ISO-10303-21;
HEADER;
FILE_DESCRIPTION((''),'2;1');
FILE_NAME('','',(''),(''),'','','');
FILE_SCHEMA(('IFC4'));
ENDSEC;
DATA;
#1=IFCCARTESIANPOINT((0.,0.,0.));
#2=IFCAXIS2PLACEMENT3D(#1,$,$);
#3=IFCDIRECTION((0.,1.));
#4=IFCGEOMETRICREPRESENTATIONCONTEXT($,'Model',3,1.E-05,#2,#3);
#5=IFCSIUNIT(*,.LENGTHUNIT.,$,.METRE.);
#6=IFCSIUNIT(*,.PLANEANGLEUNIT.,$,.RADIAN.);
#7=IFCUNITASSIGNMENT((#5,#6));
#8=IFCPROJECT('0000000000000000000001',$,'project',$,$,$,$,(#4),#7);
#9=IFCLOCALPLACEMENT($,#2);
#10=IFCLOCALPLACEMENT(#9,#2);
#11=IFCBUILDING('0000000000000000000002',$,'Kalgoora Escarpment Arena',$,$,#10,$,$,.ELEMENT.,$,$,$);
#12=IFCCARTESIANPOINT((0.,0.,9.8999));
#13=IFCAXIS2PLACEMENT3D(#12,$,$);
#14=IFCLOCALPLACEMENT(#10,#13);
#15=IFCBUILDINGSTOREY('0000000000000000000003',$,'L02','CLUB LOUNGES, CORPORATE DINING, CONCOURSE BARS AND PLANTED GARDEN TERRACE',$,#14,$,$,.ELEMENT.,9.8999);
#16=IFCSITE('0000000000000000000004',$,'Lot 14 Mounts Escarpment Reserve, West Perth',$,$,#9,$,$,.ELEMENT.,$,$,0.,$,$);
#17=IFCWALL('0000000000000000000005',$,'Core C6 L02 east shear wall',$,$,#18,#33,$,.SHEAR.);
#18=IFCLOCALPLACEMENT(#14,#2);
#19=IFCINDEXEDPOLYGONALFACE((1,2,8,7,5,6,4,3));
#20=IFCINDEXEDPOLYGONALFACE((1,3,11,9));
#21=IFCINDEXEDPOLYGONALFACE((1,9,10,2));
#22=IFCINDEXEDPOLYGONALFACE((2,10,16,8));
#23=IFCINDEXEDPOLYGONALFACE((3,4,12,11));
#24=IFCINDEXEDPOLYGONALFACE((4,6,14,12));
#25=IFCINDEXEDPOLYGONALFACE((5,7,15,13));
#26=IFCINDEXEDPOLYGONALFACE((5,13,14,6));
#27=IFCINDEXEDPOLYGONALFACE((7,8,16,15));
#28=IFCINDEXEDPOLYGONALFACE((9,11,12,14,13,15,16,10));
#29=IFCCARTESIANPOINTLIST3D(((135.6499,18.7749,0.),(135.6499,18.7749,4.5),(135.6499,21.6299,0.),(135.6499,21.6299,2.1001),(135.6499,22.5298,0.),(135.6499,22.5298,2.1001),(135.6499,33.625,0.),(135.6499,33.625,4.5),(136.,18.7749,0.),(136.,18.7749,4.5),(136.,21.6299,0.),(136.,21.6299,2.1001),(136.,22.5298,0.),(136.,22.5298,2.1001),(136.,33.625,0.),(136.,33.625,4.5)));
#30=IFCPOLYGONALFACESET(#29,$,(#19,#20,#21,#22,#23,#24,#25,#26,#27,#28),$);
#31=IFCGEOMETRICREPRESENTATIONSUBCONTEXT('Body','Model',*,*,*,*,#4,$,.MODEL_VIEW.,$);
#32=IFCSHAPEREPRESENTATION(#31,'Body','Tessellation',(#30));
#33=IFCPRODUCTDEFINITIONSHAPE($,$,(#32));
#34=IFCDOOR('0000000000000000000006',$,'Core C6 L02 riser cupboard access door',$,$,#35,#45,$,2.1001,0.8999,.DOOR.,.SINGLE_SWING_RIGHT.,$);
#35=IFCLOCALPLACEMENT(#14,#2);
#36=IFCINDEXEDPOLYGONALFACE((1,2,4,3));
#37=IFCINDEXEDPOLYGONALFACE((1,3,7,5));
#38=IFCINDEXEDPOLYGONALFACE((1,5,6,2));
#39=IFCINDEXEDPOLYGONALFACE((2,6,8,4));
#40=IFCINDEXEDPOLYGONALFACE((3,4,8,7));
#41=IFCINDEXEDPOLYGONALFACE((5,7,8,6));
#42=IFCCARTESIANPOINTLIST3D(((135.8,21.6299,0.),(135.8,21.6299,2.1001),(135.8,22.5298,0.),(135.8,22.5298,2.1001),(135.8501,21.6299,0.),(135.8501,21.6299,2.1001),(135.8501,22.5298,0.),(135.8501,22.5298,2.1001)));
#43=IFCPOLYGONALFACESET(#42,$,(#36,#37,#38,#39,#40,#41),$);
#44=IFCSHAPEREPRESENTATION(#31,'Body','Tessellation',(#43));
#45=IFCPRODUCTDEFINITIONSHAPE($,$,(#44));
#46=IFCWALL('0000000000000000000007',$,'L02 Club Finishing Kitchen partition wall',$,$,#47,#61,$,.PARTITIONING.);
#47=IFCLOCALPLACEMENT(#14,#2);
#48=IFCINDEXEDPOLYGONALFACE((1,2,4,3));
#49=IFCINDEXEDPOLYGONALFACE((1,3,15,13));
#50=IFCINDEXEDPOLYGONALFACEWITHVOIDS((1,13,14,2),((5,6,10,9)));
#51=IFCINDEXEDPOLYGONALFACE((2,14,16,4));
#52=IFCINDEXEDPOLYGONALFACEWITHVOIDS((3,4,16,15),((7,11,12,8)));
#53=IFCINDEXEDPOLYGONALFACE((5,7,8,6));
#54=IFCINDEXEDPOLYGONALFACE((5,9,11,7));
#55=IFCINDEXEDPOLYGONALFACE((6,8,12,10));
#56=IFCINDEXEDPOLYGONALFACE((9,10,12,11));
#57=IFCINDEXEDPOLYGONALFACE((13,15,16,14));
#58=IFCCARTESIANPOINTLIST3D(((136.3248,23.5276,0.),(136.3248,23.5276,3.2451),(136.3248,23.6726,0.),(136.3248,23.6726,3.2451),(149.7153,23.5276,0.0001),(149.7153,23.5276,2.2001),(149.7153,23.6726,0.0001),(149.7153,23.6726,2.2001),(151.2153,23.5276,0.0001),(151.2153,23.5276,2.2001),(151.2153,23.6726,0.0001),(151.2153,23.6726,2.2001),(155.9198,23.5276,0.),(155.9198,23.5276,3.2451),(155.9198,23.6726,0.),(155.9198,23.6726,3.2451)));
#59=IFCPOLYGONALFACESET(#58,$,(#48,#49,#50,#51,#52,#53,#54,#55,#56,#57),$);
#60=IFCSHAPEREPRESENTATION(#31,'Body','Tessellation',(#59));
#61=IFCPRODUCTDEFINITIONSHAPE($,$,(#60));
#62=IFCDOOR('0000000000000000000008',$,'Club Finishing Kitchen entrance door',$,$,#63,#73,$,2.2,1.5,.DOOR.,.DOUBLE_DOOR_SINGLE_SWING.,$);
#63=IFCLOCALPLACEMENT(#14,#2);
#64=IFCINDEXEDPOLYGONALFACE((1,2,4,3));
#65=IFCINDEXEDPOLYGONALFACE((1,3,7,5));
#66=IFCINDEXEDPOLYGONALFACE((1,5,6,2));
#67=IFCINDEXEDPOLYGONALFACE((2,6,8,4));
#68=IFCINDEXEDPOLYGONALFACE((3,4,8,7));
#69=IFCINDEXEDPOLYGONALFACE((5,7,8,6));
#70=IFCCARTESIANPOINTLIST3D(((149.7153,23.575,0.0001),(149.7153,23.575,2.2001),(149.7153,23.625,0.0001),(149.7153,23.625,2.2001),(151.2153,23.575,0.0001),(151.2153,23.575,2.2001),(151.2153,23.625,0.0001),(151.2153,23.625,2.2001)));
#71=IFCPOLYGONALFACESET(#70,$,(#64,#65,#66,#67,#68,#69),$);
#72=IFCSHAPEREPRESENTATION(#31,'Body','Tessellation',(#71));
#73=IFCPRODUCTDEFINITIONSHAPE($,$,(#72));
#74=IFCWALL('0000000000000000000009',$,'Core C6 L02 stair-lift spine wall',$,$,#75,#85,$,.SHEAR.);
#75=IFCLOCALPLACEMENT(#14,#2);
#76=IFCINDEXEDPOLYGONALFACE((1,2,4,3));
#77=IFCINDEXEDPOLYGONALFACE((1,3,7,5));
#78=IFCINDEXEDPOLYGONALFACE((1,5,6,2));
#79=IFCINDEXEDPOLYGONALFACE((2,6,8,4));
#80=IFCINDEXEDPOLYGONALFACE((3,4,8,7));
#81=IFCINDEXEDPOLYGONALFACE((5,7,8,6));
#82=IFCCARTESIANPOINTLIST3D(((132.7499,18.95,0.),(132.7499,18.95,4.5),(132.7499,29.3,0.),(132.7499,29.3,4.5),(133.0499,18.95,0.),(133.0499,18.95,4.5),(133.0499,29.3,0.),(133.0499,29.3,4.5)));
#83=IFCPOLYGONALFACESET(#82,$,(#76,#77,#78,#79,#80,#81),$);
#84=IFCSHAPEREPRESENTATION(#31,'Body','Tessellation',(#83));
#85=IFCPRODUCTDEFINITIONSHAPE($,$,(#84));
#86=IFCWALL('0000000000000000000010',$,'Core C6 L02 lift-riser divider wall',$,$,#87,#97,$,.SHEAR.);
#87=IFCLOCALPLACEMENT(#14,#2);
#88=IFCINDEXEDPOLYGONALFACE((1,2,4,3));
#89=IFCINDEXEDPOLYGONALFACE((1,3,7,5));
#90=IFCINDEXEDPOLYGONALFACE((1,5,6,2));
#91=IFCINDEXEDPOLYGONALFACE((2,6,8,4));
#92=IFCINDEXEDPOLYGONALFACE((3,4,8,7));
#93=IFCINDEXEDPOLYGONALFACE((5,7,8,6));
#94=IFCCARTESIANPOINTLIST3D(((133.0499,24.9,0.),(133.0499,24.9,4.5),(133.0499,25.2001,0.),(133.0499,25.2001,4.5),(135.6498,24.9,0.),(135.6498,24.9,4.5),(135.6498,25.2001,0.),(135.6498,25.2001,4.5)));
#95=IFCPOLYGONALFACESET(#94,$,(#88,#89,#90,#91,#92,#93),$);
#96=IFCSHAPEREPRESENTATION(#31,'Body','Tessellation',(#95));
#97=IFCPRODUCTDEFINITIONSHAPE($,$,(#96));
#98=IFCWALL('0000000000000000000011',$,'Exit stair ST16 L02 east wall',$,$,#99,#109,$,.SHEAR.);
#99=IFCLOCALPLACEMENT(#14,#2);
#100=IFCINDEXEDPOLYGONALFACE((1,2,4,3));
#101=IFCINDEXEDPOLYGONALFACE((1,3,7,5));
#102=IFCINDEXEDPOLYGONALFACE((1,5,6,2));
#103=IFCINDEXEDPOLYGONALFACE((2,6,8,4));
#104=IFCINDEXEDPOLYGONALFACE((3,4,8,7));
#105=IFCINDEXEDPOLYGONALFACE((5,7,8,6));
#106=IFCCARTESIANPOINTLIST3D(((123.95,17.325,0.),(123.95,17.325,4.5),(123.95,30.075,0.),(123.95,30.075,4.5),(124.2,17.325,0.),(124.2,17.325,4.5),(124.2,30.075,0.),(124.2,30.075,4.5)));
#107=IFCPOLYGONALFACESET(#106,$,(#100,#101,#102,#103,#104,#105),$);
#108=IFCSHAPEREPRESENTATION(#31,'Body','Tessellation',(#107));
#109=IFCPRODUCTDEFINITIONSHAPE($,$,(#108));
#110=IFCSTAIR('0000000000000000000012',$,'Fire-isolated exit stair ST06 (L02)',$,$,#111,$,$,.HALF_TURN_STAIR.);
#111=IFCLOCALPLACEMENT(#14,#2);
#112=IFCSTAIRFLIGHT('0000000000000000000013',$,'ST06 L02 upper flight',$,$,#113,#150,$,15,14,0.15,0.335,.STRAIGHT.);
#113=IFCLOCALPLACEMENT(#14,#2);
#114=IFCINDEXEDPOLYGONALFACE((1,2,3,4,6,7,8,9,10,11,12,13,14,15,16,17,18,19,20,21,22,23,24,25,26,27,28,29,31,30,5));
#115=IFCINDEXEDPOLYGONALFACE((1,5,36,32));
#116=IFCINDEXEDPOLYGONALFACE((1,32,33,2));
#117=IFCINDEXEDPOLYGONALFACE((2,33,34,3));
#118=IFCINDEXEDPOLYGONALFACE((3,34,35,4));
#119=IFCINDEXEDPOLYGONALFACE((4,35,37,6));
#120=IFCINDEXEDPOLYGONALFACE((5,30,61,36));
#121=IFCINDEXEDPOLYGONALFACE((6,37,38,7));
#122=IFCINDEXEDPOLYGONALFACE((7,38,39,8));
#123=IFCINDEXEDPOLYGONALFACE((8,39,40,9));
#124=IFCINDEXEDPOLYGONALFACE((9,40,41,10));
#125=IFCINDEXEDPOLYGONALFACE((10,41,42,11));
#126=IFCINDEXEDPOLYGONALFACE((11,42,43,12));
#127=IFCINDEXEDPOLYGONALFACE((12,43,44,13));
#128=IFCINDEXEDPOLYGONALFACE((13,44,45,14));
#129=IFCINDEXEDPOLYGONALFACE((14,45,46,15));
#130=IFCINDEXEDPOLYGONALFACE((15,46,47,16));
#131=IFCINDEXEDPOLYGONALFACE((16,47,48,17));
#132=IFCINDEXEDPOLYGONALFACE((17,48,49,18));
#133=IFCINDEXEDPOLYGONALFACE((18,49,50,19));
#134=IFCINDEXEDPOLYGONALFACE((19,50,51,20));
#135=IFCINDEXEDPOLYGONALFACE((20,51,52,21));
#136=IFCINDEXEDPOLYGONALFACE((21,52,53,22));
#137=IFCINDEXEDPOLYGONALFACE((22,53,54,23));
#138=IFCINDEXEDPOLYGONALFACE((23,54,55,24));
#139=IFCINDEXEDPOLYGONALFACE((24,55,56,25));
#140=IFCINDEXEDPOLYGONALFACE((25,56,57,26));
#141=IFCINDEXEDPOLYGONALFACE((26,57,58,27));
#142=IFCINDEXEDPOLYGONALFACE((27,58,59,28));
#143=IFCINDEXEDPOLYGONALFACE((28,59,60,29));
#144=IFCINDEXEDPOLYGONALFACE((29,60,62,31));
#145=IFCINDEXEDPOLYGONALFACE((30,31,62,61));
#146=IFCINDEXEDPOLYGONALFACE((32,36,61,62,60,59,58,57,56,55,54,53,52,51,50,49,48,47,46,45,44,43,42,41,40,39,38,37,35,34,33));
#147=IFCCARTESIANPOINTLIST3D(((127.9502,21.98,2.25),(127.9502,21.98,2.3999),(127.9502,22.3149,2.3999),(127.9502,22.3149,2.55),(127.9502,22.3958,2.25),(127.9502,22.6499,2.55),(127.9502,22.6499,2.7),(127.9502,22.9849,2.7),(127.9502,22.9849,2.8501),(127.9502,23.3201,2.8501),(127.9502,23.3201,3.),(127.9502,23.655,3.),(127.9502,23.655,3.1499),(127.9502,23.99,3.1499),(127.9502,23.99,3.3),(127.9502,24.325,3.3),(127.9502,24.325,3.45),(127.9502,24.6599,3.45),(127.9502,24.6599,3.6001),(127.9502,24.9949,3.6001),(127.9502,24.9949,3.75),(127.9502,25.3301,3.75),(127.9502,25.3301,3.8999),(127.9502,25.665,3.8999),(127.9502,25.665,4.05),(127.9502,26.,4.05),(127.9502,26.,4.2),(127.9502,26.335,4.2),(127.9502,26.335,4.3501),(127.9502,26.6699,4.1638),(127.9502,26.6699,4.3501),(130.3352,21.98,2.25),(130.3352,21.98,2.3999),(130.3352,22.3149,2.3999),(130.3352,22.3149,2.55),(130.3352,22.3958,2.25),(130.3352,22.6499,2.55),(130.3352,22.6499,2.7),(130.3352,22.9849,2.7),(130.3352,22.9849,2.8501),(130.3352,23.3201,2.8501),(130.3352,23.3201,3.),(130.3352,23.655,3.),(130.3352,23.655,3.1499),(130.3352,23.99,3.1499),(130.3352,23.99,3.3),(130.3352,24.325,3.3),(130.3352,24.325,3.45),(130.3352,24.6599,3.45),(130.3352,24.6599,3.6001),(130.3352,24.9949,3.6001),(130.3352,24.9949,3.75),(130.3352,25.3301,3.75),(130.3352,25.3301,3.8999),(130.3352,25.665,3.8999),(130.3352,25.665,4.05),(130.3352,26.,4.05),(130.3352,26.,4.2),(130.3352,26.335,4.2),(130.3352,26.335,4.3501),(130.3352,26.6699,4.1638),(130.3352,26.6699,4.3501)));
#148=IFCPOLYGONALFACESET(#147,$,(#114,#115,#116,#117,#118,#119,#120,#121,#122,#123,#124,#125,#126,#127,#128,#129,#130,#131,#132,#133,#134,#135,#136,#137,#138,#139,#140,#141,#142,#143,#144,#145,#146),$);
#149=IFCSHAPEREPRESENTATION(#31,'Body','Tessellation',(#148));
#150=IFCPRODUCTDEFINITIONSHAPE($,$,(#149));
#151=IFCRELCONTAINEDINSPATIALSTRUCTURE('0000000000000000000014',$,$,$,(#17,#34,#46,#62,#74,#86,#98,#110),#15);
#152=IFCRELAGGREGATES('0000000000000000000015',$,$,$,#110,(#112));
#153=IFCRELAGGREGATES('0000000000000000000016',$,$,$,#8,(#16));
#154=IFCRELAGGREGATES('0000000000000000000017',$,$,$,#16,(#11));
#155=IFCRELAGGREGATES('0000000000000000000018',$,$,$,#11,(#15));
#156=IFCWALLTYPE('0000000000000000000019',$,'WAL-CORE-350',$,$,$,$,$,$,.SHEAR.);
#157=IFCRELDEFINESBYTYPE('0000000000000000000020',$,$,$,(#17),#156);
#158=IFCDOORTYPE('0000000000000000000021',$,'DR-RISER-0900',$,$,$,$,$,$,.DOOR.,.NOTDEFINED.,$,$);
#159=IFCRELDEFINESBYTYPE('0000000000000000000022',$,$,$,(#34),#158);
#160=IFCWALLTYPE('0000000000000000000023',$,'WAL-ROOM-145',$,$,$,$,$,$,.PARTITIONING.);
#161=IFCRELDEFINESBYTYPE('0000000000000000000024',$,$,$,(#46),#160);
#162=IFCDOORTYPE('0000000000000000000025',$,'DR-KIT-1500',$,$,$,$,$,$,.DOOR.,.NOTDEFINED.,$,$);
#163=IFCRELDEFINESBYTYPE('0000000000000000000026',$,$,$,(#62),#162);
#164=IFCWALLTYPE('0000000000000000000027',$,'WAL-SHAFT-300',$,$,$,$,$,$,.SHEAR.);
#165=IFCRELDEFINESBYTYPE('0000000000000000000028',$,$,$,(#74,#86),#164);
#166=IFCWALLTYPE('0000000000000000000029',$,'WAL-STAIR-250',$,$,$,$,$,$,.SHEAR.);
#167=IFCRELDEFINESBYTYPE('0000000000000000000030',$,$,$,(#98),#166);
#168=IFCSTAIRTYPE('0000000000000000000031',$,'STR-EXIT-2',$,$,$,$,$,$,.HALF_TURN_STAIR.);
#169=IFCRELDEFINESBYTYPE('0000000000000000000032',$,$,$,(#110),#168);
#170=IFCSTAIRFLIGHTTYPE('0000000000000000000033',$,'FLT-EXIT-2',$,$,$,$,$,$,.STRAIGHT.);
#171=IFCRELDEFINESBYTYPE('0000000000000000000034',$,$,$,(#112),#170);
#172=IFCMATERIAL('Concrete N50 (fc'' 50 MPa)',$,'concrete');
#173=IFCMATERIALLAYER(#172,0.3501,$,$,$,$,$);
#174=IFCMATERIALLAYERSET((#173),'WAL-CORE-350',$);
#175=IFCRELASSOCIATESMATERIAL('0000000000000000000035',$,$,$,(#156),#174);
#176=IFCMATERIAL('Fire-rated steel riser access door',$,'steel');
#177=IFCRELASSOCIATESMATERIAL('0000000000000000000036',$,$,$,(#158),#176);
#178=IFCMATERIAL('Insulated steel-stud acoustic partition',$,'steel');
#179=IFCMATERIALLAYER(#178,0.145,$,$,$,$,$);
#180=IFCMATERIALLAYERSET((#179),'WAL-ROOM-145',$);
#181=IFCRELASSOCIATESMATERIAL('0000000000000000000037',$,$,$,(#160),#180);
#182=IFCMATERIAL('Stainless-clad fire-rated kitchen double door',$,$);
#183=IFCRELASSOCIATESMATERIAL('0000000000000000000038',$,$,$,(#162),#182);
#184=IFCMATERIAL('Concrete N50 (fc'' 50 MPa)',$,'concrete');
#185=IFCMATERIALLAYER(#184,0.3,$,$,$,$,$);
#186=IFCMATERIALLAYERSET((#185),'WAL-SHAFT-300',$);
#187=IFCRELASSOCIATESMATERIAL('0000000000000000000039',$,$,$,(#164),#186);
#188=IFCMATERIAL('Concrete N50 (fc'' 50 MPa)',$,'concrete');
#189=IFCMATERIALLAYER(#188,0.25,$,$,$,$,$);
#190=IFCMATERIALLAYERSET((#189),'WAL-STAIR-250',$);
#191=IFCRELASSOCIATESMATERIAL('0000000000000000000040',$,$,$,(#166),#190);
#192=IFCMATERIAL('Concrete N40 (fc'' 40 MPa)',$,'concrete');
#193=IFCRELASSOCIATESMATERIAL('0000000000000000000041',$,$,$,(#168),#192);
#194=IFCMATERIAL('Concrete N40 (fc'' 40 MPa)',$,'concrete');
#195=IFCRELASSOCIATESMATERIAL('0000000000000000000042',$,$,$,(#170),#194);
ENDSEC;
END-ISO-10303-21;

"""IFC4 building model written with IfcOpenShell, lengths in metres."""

from ifc_helpers import new_model, si_unit, direction, frame, frame_2d, origin, place, context, subcontext, project, spatial, polyline, rectangle, outline, extrude, material, layer, layer_set, type_object, element, fill, aggregate, save


model = new_model("IFC4")

# Units and contexts
model_context = context("Model", 3, precision=1e-05, world=origin(), true_north=direction((0.0, 1.0)))
body_context = subcontext(model_context, "Body", "Model", "MODEL_VIEW")
ifc_project = project(units=[si_unit("LENGTHUNIT", "METRE"), si_unit("PLANEANGLEUNIT", "RADIAN")], contexts=[model_context])

# Site, building, storey
site_placement = place(None, origin())
site = spatial("IfcSite", under=ifc_project, at=site_placement, Name="Lot 14 Mounts Escarpment Reserve, West Perth", CompositionType="ELEMENT", RefElevation=0.0)
building_placement = place(site_placement, origin())
building = spatial("IfcBuilding", under=site, at=building_placement, Name="Kalgoora Escarpment Arena", CompositionType="ELEMENT")
storey_placement = place(building_placement, frame((0.0, 0.0, 9.8999)))
storey = spatial("IfcBuildingStorey", under=building, at=storey_placement, Name="L02", Description="CLUB LOUNGES, CORPORATE DINING, CONCOURSE BARS AND PLANTED GARDEN TERRACE", CompositionType="ELEMENT", Elevation=9.8999)

# Shared definitions
ifc_material_1 = material(Name="Concrete N50 (fc' 50 MPa)", Category="concrete")
ifc_layer_1 = layer(ifc_material_1, 0.3501)
ifc_layer_set_1 = layer_set([ifc_layer_1], Name="WAL-CORE-350")
wall_type_1 = type_object("IfcWallType", Name="WAL-CORE-350", PredefinedType="SHEAR", material=ifc_layer_set_1)

# Walls, openings, doors
wall_1_placement = place(storey_placement, frame((135.825, 18.7749, 0.0), z_axis=(0.0, 0.0, 1.0), x_axis=(0.0, 1.0, 0.0)))
wall_1 = element("IfcWall", 1, at=wall_1_placement, inside=storey, type_object=wall_type_1, Name="Core C6 L02 east shear wall", PredefinedType="SHEAR", context=body_context, shape_type="SweptSolid", body=[
    extrude(rectangle(XDim=14.8501, YDim=0.3501, at=frame_2d((7.425, 0.0))), origin(), (0.0, 0.0, 1.0), 4.5),
])
opening_1_placement = place(wall_1_placement, frame((2.855, 0.0, 0.0)))
opening_1 = element("IfcOpeningElement", 2, at=opening_1_placement, cuts=wall_1, PredefinedType="OPENING", context=body_context, shape_type="SweptSolid", body=[
    extrude(rectangle(XDim=0.8999, YDim=2.1001, at=frame_2d((0.45, 1.05))), frame((0.0, 0.1851, 0.0), z_axis=(0.0, -1.0, 0.0), x_axis=(1.0, 0.0, 0.0)), (0.0, 0.0, 1.0), 0.3701),
])
ifc_material_2 = material(Name="Fire-rated steel riser access door", Category="steel")
door_type_1 = type_object("IfcDoorType", Name="DR-RISER-0900", OperationType="NOTDEFINED", PredefinedType="DOOR", material=ifc_material_2)
door_1_placement = place(opening_1_placement, origin())
door_1 = element("IfcDoor", 3, at=door_1_placement, inside=storey, type_object=door_type_1, Name="Core C6 L02 riser cupboard access door", OperationType="SINGLE_SWING_RIGHT", OverallHeight=2.1001, OverallWidth=0.8999, PredefinedType="DOOR", context=body_context, shape_type="SweptSolid", body=[
    extrude(rectangle(XDim=0.8999, YDim=2.1001, at=frame_2d((0.45, 1.05))), frame((0.0, 0.0249, 0.0), z_axis=(0.0, -1.0, 0.0), x_axis=(1.0, 0.0, 0.0)), (0.0, 0.0, 1.0), 0.05),
])
fill(opening_1, door_1)
ifc_material_3 = material(Name="Insulated steel-stud acoustic partition", Category="steel")
ifc_layer_2 = layer(ifc_material_3, 0.145)
ifc_layer_set_2 = layer_set([ifc_layer_2], Name="WAL-ROOM-145")
wall_type_2 = type_object("IfcWallType", Name="WAL-ROOM-145", PredefinedType="PARTITIONING", material=ifc_layer_set_2)
wall_2_placement = place(storey_placement, frame((136.325, 23.6001, 0.0), z_axis=(0.0, 0.0, 1.0), x_axis=(1.0, 0.0, 0.0)))
wall_2 = element("IfcWall", 4, at=wall_2_placement, inside=storey, type_object=wall_type_2, Name="L02 Club Finishing Kitchen partition wall", PredefinedType="PARTITIONING", context=body_context, shape_type="SweptSolid", body=[
    extrude(rectangle(XDim=19.595, YDim=0.145, at=frame_2d((9.7974, 0.0))), origin(), (0.0, 0.0, 1.0), 3.2451),
])
opening_2_placement = place(wall_2_placement, frame((13.3904, 0.0, 0.0)))
opening_2 = element("IfcOpeningElement", 5, at=opening_2_placement, cuts=wall_2, PredefinedType="OPENING", context=body_context, shape_type="SweptSolid", body=[
    extrude(rectangle(XDim=1.5, YDim=2.2, at=frame_2d((0.75, 1.1001))), frame((0.0, 0.0825, 0.0), z_axis=(0.0, -1.0, 0.0), x_axis=(1.0, 0.0, 0.0)), (0.0, 0.0, 1.0), 0.165),
])
ifc_material_4 = material(Name="Stainless-clad fire-rated kitchen double door")
door_type_2 = type_object("IfcDoorType", Name="DR-KIT-1500", OperationType="NOTDEFINED", PredefinedType="DOOR", material=ifc_material_4)
door_2_placement = place(opening_2_placement, origin())
door_2 = element("IfcDoor", 6, at=door_2_placement, inside=storey, type_object=door_type_2, Name="Club Finishing Kitchen entrance door", OperationType="DOUBLE_DOOR_SINGLE_SWING", OverallHeight=2.2, OverallWidth=1.5, PredefinedType="DOOR", context=body_context, shape_type="SweptSolid", body=[
    extrude(rectangle(XDim=1.5, YDim=2.2, at=frame_2d((0.75, 1.1001))), frame((0.0, 0.0249, 0.0), z_axis=(0.0, -1.0, 0.0), x_axis=(1.0, 0.0, 0.0)), (0.0, 0.0, 1.0), 0.05),
])
fill(opening_2, door_2)

# Walls
ifc_material_5 = material(Name="Concrete N50 (fc' 50 MPa)", Category="concrete")
ifc_layer_3 = layer(ifc_material_5, 0.3)
ifc_layer_set_3 = layer_set([ifc_layer_3], Name="WAL-SHAFT-300")
wall_type_3 = type_object("IfcWallType", Name="WAL-SHAFT-300", PredefinedType="SHEAR", material=ifc_layer_set_3)
wall_3_placement = place(storey_placement, frame((132.8999, 18.95, 0.0), z_axis=(0.0, 0.0, 1.0), x_axis=(0.0, 1.0, 0.0)))
element("IfcWall", 7, at=wall_3_placement, inside=storey, type_object=wall_type_3, Name="Core C6 L02 stair-lift spine wall", PredefinedType="SHEAR", context=body_context, shape_type="SweptSolid", body=[
    extrude(rectangle(XDim=10.3501, YDim=0.3, at=frame_2d((5.175, 0.0))), origin(), (0.0, 0.0, 1.0), 4.5),
])
wall_4_placement = place(storey_placement, frame((133.05, 25.05, 0.0), z_axis=(0.0, 0.0, 1.0), x_axis=(1.0, 0.0, 0.0)))
element("IfcWall", 8, at=wall_4_placement, inside=storey, type_object=wall_type_3, Name="Core C6 L02 lift-riser divider wall", PredefinedType="SHEAR", context=body_context, shape_type="SweptSolid", body=[
    extrude(rectangle(XDim=2.5999, YDim=0.3, at=frame_2d((1.2998, 0.0))), origin(), (0.0, 0.0, 1.0), 4.5),
])
ifc_material_6 = material(Name="Concrete N50 (fc' 50 MPa)", Category="concrete")
ifc_layer_4 = layer(ifc_material_6, 0.25)
ifc_layer_set_4 = layer_set([ifc_layer_4], Name="WAL-STAIR-250")
wall_type_4 = type_object("IfcWallType", Name="WAL-STAIR-250", PredefinedType="SHEAR", material=ifc_layer_set_4)
wall_5_placement = place(storey_placement, frame((124.075, 17.325, 0.0), z_axis=(0.0, 0.0, 1.0), x_axis=(0.0, 1.0, 0.0)))
element("IfcWall", 9, at=wall_5_placement, inside=storey, type_object=wall_type_4, Name="Exit stair ST16 L02 east wall", PredefinedType="SHEAR", context=body_context, shape_type="SweptSolid", body=[
    extrude(rectangle(XDim=12.75, YDim=0.25, at=frame_2d((6.375, 0.0))), origin(), (0.0, 0.0, 1.0), 4.5),
])

# Stair, stair flight
ifc_material_7 = material(Name="Concrete N40 (fc' 40 MPa)", Category="concrete")
stair_type_1 = type_object("IfcStairType", Name="STR-EXIT-2", PredefinedType="HALF_TURN_STAIR", material=ifc_material_7)
stair_1_placement = place(storey_placement, origin())
stair_1 = element("IfcStair", 10, at=stair_1_placement, inside=storey, type_object=stair_type_1, Name="Fire-isolated exit stair ST06 (L02)", PredefinedType="HALF_TURN_STAIR")
ifc_material_8 = material(Name="Concrete N40 (fc' 40 MPa)", Category="concrete")
stair_flight_type_1 = type_object("IfcStairFlightType", Name="FLT-EXIT-2", PredefinedType="STRAIGHT", material=ifc_material_8)
stair_flight_1_placement = place(storey_placement, frame((129.1426, 21.98, 2.25), z_axis=(0.0, 0.0, 1.0), x_axis=(0.0, 1.0, 0.0)))
stair_flight_1 = element("IfcStairFlight", 11, at=stair_flight_1_placement, type_object=stair_flight_type_1, Name="ST06 L02 upper flight", NumberOfRisers=15, NumberOfTreads=14, PredefinedType="STRAIGHT", RiserHeight=0.15, TreadLength=0.335, context=body_context, shape_type="SweptSolid", body=[
    extrude(outline(polyline([(0.0, 0.0), (0.0, 0.1499), (0.335, 0.1499), (0.335, 0.3), (0.6699, 0.3), (0.6699, 0.45), (1.0049, 0.45), (1.0049, 0.6001), (1.3401, 0.6001), (1.3401, 0.75), (1.675, 0.75), (1.675, 0.8999), (2.01, 0.8999), (2.01, 1.05), (2.345, 1.05), (2.345, 1.2), (2.6799, 1.2), (2.6799, 1.3501), (3.0149, 1.3501), (3.0149, 1.5), (3.3501, 1.5), (3.3501, 1.6499), (3.6851, 1.6499), (3.6851, 1.8), (4.02, 1.8), (4.02, 1.95), (4.355, 1.95), (4.355, 2.1001), (4.6899, 2.1001), (4.6899, 2.25), (4.6899, 1.9138), (0.4158, 0.0), (0.0, 0.0)])), frame((0.0, 1.1924, 0.0), z_axis=(0.0, -1.0, 0.0), x_axis=(1.0, 0.0, 0.0)), (0.0, 0.0, 1.0), 2.385),
])
aggregate(stair_1, [stair_flight_1])

save(model, "model.ifc")
